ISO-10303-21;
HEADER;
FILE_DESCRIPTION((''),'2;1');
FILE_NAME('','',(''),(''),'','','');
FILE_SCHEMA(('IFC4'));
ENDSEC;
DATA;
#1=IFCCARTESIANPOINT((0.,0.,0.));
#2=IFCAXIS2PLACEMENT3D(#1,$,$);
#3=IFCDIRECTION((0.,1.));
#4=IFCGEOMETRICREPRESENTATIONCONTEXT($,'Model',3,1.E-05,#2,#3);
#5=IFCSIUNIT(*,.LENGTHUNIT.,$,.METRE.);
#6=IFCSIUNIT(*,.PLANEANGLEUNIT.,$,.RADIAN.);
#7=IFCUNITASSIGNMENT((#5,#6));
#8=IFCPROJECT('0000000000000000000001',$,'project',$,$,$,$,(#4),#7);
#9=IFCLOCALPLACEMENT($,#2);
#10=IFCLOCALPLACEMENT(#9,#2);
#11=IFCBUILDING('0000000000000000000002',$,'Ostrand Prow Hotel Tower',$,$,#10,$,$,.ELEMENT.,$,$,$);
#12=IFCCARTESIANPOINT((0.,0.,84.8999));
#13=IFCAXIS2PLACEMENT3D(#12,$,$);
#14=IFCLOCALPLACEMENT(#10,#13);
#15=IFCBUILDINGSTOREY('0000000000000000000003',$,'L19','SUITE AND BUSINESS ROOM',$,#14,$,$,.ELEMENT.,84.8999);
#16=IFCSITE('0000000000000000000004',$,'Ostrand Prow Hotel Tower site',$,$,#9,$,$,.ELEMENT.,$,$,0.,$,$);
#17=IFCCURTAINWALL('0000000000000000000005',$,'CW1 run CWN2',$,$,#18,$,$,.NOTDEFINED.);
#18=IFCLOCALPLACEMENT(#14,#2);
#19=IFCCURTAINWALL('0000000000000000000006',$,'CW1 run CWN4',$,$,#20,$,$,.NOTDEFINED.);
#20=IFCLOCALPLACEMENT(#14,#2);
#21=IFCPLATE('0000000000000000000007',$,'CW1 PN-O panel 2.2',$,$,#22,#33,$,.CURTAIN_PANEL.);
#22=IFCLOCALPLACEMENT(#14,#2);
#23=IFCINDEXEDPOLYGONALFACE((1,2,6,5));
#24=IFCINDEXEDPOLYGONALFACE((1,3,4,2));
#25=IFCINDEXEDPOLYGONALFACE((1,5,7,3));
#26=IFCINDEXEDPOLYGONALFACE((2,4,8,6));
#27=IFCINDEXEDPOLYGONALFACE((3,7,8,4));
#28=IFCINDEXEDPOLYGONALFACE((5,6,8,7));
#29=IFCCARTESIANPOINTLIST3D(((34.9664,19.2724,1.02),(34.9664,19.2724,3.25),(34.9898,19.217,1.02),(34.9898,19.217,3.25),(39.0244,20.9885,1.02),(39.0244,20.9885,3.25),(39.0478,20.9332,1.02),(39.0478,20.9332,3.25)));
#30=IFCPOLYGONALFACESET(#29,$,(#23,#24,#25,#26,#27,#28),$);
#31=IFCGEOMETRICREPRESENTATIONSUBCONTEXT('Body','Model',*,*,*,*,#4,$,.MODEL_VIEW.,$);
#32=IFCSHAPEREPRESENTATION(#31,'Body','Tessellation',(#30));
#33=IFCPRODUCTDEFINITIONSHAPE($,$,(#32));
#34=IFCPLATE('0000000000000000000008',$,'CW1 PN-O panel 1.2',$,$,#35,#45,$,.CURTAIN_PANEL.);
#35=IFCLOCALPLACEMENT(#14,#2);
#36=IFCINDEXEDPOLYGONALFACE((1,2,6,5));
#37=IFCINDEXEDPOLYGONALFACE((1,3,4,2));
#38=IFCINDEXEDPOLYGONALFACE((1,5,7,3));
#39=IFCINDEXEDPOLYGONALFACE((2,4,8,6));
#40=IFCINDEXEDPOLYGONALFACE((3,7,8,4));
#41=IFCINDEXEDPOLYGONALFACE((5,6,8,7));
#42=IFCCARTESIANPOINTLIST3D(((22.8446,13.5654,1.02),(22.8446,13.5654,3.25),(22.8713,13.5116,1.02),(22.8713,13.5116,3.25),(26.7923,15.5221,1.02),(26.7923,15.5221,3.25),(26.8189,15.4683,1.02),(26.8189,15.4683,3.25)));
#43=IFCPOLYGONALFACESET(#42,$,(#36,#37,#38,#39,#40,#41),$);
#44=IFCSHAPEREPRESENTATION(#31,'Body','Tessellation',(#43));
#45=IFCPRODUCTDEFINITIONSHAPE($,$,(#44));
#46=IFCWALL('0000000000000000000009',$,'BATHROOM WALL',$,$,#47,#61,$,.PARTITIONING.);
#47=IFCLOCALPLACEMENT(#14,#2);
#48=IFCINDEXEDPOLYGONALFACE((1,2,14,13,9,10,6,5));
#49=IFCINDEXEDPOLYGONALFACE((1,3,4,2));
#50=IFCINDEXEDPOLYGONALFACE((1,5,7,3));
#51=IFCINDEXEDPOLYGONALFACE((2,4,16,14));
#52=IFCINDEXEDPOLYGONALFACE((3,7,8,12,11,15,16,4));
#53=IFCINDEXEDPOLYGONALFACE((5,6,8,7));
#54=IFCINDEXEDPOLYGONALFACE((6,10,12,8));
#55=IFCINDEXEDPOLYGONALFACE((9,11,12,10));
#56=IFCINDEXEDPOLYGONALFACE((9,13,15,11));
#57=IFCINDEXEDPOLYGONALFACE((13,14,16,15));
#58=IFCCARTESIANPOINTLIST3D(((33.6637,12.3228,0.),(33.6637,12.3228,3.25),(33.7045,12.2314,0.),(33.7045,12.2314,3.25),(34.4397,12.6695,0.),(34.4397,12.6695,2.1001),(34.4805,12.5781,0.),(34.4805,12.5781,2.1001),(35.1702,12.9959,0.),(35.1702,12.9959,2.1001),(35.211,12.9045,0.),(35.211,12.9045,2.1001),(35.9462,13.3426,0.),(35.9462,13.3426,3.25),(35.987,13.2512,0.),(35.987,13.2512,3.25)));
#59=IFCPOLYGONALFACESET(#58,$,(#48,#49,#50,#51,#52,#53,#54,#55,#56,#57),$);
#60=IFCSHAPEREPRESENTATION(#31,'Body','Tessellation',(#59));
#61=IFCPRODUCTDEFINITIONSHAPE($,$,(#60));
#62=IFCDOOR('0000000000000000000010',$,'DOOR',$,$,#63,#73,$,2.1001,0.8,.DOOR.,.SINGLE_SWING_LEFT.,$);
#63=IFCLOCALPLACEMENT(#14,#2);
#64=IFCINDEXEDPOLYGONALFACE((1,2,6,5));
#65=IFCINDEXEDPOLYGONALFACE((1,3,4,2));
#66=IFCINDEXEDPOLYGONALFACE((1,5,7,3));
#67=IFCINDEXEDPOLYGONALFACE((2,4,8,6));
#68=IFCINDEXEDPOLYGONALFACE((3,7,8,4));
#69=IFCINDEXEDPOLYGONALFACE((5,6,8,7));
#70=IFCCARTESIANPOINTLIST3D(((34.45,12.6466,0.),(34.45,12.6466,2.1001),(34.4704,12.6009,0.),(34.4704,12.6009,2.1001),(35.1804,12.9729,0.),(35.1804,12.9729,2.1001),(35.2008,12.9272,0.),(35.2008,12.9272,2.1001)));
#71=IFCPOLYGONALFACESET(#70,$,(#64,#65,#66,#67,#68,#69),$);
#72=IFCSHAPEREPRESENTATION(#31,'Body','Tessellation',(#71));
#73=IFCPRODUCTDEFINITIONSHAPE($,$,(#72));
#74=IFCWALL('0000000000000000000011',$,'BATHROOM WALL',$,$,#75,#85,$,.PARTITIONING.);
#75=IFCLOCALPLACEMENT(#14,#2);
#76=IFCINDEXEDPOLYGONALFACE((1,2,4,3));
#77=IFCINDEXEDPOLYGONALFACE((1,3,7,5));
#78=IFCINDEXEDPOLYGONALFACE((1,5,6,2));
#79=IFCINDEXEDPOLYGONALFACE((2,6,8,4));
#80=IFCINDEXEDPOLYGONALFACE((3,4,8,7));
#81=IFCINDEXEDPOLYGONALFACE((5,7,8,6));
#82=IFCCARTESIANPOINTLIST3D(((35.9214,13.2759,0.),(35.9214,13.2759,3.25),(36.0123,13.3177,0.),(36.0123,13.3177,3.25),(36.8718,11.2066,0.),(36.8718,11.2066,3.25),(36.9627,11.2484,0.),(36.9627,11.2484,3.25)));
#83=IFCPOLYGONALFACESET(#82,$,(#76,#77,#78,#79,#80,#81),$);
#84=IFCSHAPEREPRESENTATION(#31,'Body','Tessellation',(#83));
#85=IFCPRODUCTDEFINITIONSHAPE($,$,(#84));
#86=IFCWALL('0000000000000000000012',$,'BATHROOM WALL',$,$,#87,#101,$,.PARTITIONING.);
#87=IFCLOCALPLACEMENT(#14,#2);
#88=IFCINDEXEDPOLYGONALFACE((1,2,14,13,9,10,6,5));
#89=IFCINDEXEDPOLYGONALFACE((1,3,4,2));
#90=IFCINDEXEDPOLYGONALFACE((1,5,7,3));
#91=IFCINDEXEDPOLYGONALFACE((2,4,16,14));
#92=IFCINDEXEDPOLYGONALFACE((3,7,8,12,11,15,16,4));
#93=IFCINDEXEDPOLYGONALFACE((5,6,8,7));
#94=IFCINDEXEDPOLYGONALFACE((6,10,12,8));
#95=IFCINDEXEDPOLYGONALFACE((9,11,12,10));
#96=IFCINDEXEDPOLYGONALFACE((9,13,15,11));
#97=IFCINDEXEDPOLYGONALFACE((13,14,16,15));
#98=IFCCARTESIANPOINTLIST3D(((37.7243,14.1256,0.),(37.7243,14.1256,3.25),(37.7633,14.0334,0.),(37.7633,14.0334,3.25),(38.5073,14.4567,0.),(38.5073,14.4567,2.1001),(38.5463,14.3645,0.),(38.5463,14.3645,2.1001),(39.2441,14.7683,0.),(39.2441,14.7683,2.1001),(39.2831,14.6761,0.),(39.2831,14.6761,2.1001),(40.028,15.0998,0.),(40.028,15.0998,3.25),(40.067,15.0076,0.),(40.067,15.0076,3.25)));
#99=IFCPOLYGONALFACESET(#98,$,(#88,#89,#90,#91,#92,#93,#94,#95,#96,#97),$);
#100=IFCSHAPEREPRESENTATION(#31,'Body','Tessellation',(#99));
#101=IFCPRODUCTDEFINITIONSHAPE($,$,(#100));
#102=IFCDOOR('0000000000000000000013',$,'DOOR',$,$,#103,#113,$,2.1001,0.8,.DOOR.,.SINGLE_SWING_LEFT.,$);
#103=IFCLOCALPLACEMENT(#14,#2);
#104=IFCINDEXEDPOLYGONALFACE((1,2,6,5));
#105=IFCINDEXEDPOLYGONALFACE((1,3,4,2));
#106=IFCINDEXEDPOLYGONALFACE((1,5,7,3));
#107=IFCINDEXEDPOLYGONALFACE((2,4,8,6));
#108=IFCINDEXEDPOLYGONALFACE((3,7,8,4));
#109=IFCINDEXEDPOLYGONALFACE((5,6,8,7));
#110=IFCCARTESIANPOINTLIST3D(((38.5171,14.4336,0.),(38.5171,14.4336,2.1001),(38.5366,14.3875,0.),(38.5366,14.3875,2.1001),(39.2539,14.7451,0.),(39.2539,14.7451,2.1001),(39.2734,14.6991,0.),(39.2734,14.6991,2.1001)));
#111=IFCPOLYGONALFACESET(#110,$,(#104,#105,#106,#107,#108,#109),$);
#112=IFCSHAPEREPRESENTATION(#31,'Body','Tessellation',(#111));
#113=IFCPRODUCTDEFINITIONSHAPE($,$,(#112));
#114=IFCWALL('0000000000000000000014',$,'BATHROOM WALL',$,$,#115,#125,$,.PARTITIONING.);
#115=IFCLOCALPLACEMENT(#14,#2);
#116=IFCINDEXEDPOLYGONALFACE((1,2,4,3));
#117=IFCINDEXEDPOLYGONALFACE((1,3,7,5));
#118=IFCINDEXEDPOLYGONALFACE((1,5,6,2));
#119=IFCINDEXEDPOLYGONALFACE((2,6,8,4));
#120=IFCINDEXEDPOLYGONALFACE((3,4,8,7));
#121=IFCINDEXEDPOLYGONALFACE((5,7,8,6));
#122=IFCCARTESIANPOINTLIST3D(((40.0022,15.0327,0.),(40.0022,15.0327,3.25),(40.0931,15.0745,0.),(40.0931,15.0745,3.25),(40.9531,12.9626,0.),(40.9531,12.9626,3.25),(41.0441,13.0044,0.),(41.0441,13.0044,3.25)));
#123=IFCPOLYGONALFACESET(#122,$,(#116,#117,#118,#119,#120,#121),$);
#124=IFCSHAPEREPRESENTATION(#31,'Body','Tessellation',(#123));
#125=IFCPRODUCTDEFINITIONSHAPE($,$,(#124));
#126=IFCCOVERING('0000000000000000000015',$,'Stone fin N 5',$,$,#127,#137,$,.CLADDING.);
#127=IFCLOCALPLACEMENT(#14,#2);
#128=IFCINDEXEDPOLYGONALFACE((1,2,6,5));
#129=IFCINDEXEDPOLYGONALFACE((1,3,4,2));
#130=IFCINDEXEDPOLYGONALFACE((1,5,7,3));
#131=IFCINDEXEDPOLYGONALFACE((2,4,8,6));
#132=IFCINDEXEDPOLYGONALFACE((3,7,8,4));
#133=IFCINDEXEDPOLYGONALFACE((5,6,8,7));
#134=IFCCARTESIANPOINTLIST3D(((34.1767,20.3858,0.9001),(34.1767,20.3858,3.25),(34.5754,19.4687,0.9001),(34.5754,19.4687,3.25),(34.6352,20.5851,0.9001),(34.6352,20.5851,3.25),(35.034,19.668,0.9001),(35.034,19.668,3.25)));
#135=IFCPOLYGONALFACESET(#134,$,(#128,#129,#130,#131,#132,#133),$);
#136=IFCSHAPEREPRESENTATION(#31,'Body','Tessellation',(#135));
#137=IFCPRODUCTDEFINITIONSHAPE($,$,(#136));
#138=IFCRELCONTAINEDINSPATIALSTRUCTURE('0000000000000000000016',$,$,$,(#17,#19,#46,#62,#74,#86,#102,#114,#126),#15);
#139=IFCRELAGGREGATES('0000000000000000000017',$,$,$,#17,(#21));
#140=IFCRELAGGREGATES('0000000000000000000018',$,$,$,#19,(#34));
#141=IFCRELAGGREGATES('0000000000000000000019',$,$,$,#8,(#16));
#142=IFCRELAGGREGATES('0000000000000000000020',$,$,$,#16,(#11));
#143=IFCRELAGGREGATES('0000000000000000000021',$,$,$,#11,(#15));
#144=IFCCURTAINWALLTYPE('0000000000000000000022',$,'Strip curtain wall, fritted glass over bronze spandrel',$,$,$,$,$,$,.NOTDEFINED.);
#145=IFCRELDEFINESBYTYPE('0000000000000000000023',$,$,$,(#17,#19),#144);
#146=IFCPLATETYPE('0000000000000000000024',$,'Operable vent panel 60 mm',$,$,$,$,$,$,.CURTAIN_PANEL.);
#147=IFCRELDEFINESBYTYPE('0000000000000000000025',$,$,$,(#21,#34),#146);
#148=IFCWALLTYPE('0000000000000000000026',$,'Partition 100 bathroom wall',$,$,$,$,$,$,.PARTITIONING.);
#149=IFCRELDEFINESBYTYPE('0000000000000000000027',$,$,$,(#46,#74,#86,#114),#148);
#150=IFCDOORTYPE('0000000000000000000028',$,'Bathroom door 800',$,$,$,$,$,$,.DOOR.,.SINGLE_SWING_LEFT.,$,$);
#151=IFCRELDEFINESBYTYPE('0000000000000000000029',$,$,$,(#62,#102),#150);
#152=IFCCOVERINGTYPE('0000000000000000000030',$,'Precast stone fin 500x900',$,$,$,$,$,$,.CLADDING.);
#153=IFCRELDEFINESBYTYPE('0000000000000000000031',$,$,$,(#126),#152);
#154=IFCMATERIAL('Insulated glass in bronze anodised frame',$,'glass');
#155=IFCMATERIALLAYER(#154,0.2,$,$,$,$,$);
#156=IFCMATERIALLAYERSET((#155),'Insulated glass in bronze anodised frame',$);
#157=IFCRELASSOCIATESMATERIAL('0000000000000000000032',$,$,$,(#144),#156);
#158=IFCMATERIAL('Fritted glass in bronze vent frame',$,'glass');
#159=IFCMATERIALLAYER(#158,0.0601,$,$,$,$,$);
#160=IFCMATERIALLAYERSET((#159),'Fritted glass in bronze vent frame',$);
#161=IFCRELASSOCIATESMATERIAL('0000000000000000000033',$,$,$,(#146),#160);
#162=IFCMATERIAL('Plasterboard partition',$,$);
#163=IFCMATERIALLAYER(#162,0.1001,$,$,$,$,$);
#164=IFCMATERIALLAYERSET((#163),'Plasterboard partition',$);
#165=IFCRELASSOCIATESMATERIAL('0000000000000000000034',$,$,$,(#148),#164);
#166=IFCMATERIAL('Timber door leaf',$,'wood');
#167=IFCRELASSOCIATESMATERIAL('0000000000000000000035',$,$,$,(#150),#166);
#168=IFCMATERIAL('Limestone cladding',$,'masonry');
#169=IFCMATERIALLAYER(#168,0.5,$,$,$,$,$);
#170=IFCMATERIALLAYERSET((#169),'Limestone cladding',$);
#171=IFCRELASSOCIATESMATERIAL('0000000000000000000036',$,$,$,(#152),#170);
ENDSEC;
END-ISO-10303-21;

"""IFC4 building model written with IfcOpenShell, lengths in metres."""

from ifc_helpers import new_model, si_unit, direction, frame, frame_2d, origin, origin_2d, place, context, subcontext, project, spatial, rectangle, extrude, material, layer, layer_set, type_object, element, fill, aggregate, save


model = new_model("IFC4")

# Units and contexts
model_context = context("Model", 3, precision=1e-05, world=origin(), true_north=direction((0.0, 1.0)))
body_context = subcontext(model_context, "Body", "Model", "MODEL_VIEW")
ifc_project = project(units=[si_unit("LENGTHUNIT", "METRE"), si_unit("PLANEANGLEUNIT", "RADIAN")], contexts=[model_context])

# Site, building, storey
site_placement = place(None, origin())
site = spatial("IfcSite", under=ifc_project, at=site_placement, Name="Ostrand Prow Hotel Tower site", CompositionType="ELEMENT", RefElevation=0.0)
building_placement = place(site_placement, origin())
building = spatial("IfcBuilding", under=site, at=building_placement, Name="Ostrand Prow Hotel Tower", CompositionType="ELEMENT")
storey_placement = place(building_placement, frame((0.0, 0.0, 84.8999)))
storey = spatial("IfcBuildingStorey", under=building, at=storey_placement, Name="L19", Description="SUITE AND BUSINESS ROOM", CompositionType="ELEMENT", Elevation=84.8999)

# Curtain wall
ifc_material_1 = material(Name="Insulated glass in bronze anodised frame", Category="glass")
ifc_layer_1 = layer(ifc_material_1, 0.2)
ifc_layer_set_1 = layer_set([ifc_layer_1], Name="Insulated glass in bronze anodised frame")
curtain_wall_type = type_object("IfcCurtainWallType", Name="Strip curtain wall, fritted glass over bronze spandrel", PredefinedType="NOTDEFINED", material=ifc_layer_set_1)
curtain_wall_1_placement = place(storey_placement, origin())
curtain_wall_1 = element("IfcCurtainWall", 1, at=curtain_wall_1_placement, inside=storey, type_object=curtain_wall_type, Name="CW1 run CWN2", PredefinedType="NOTDEFINED")

# Curtain wall
curtain_wall_2_placement = place(storey_placement, origin())
curtain_wall_2 = element("IfcCurtainWall", 2, at=curtain_wall_2_placement, inside=storey, type_object=curtain_wall_type, Name="CW1 run CWN4", PredefinedType="NOTDEFINED")

# Plates
ifc_material_2 = material(Name="Fritted glass in bronze vent frame", Category="glass")
ifc_layer_2 = layer(ifc_material_2, 0.0601)
ifc_layer_set_2 = layer_set([ifc_layer_2], Name="Fritted glass in bronze vent frame")
plate_type_1 = type_object("IfcPlateType", Name="Operable vent panel 60 mm", PredefinedType="CURTAIN_PANEL", material=ifc_layer_set_2)
plate_1_placement = place(storey_placement, frame((37.0071, 20.1028, 1.02), z_axis=(0.0, 0.0, 1.0), x_axis=(-0.921024, -0.389507, 0.0)))
plate_1 = element("IfcPlate", 3, at=plate_1_placement, type_object=plate_type_1, Name="CW1 PN-O panel 2.2", PredefinedType="CURTAIN_PANEL", context=body_context, shape_type="SweptSolid", body=[
    extrude(rectangle(XDim=4.406, YDim=0.0601, at=origin_2d()), origin(), (0.0, 0.0, 1.0), 2.23),
])
aggregate(curtain_wall_1, [plate_1])
plate_2_placement = place(storey_placement, frame((24.8318, 14.5168, 1.02), z_axis=(0.0, 0.0, 1.0), x_axis=(-0.895971, -0.444113, 0.0)))
plate_2 = element("IfcPlate", 4, at=plate_2_placement, type_object=plate_type_1, Name="CW1 PN-O panel 1.2", PredefinedType="CURTAIN_PANEL", context=body_context, shape_type="SweptSolid", body=[
    extrude(rectangle(XDim=4.406, YDim=0.0601, at=origin_2d()), origin(), (0.0, 0.0, 1.0), 2.23),
])
aggregate(curtain_wall_2, [plate_2])

# Wall, opening, door
ifc_material_3 = material(Name="Plasterboard partition")
ifc_layer_3 = layer(ifc_material_3, 0.1001)
ifc_layer_set_3 = layer_set([ifc_layer_3], Name="Plasterboard partition")
wall_type = type_object("IfcWallType", Name="Partition 100 bathroom wall", PredefinedType="PARTITIONING", material=ifc_layer_set_3)
wall_1_placement = place(storey_placement, frame((33.6841, 12.2771, 0.0), z_axis=(0.0, 0.0, 1.0), x_axis=(0.913016, 0.407923, 0.0)))
wall_1 = element("IfcWall", 5, at=wall_1_placement, inside=storey, type_object=wall_type, Name="BATHROOM WALL", PredefinedType="PARTITIONING", context=body_context, shape_type="SweptSolid", body=[
    extrude(rectangle(XDim=2.5, YDim=0.1001, at=frame_2d((1.25, 0.0))), origin(), (0.0, 0.0, 1.0), 3.25),
])
opening_1_placement = place(wall_1_placement, frame((0.8501, 0.0, 0.0)))
opening_1 = element("IfcOpeningElement", 6, at=opening_1_placement, cuts=wall_1, PredefinedType="OPENING", context=body_context, shape_type="SweptSolid", body=[
    extrude(rectangle(XDim=0.8, YDim=2.1001, at=frame_2d((0.3999, 1.05))), frame((0.0, 0.0601, 0.0), z_axis=(0.0, -1.0, 0.0), x_axis=(1.0, 0.0, 0.0)), (0.0, 0.0, 1.0), 0.1201),
])
ifc_material_4 = material(Name="Timber door leaf", Category="wood")
door_type = type_object("IfcDoorType", Name="Bathroom door 800", OperationType="SINGLE_SWING_LEFT", PredefinedType="DOOR", material=ifc_material_4)
door_1_placement = place(opening_1_placement, origin())
door_1 = element("IfcDoor", 7, at=door_1_placement, inside=storey, type_object=door_type, Name="DOOR", OperationType="SINGLE_SWING_LEFT", OverallHeight=2.1001, OverallWidth=0.8, PredefinedType="DOOR", context=body_context, shape_type="SweptSolid", body=[
    extrude(rectangle(XDim=0.8, YDim=2.1001, at=frame_2d((0.3999, 1.05))), frame((0.0, 0.0249, 0.0), z_axis=(0.0, -1.0, 0.0), x_axis=(1.0, 0.0, 0.0)), (0.0, 0.0, 1.0), 0.05),
])
fill(opening_1, door_1)

# Wall
wall_2_placement = place(storey_placement, frame((35.9668, 13.2969, 0.0), z_axis=(0.0, 0.0, 1.0), x_axis=(0.417378, -0.908733, 0.0)))
element("IfcWall", 8, at=wall_2_placement, inside=storey, type_object=wall_type, Name="BATHROOM WALL", PredefinedType="PARTITIONING", context=body_context, shape_type="SweptSolid", body=[
    extrude(rectangle(XDim=2.2771, YDim=0.1001, at=frame_2d((1.1387, 0.0))), origin(), (0.0, 0.0, 1.0), 3.25),
])

# Wall, opening, door
wall_3_placement = place(storey_placement, frame((37.7439, 14.0796, 0.0), z_axis=(0.0, 0.0, 1.0), x_axis=(0.921043, 0.389462, 0.0)))
wall_3 = element("IfcWall", 9, at=wall_3_placement, inside=storey, type_object=wall_type, Name="BATHROOM WALL", PredefinedType="PARTITIONING", context=body_context, shape_type="SweptSolid", body=[
    extrude(rectangle(XDim=2.5012, YDim=0.1001, at=frame_2d((1.2505, 0.0))), origin(), (0.0, 0.0, 1.0), 3.25),
])
opening_2_placement = place(wall_3_placement, frame((0.8501, 0.0, 0.0)))
opening_2 = element("IfcOpeningElement", 10, at=opening_2_placement, cuts=wall_3, PredefinedType="OPENING", context=body_context, shape_type="SweptSolid", body=[
    extrude(rectangle(XDim=0.8, YDim=2.1001, at=frame_2d((0.3999, 1.05))), frame((0.0, 0.0601, 0.0), z_axis=(0.0, -1.0, 0.0), x_axis=(1.0, 0.0, 0.0)), (0.0, 0.0, 1.0), 0.1201),
])
door_2_placement = place(opening_2_placement, origin())
door_2 = element("IfcDoor", 11, at=door_2_placement, inside=storey, type_object=door_type, Name="DOOR", OperationType="SINGLE_SWING_LEFT", OverallHeight=2.1001, OverallWidth=0.8, PredefinedType="DOOR", context=body_context, shape_type="SweptSolid", body=[
    extrude(rectangle(XDim=0.8, YDim=2.1001, at=frame_2d((0.3999, 1.05))), frame((0.0, 0.0249, 0.0), z_axis=(0.0, -1.0, 0.0), x_axis=(1.0, 0.0, 0.0)), (0.0, 0.0, 1.0), 0.05),
])
fill(opening_2, door_2)

# Wall
wall_4_placement = place(storey_placement, frame((40.0476, 15.0537, 0.0), z_axis=(0.0, 0.0, 1.0), x_axis=(0.417433, -0.908708, 0.0)))
element("IfcWall", 12, at=wall_4_placement, inside=storey, type_object=wall_type, Name="BATHROOM WALL", PredefinedType="PARTITIONING", context=body_context, shape_type="SweptSolid", body=[
    extrude(rectangle(XDim=2.2781, YDim=0.1001, at=frame_2d((1.1392, 0.0))), origin(), (0.0, 0.0, 1.0), 3.25),
])

# Covering
ifc_material_5 = material(Name="Limestone cladding", Category="masonry")
ifc_layer_4 = layer(ifc_material_5, 0.5)
ifc_layer_set_4 = layer_set([ifc_layer_4], Name="Limestone cladding")
covering_type = type_object("IfcCoveringType", Name="Precast stone fin 500x900", PredefinedType="CLADDING", material=ifc_layer_set_4)
covering_placement = place(storey_placement, frame((34.8047, 19.5684, 0.9001), z_axis=(0.0, 0.0, 1.0), x_axis=(-0.398717, 0.917074, 0.0)))
element("IfcCovering", 13, at=covering_placement, inside=storey, type_object=covering_type, Name="Stone fin N 5", PredefinedType="CLADDING", context=body_context, shape_type="SweptSolid", body=[
    extrude(rectangle(XDim=1.0, YDim=0.5, at=frame_2d((0.5, 0.0))), origin(), (0.0, 0.0, 1.0), 2.3499),
])

save(model, "model.ifc")
